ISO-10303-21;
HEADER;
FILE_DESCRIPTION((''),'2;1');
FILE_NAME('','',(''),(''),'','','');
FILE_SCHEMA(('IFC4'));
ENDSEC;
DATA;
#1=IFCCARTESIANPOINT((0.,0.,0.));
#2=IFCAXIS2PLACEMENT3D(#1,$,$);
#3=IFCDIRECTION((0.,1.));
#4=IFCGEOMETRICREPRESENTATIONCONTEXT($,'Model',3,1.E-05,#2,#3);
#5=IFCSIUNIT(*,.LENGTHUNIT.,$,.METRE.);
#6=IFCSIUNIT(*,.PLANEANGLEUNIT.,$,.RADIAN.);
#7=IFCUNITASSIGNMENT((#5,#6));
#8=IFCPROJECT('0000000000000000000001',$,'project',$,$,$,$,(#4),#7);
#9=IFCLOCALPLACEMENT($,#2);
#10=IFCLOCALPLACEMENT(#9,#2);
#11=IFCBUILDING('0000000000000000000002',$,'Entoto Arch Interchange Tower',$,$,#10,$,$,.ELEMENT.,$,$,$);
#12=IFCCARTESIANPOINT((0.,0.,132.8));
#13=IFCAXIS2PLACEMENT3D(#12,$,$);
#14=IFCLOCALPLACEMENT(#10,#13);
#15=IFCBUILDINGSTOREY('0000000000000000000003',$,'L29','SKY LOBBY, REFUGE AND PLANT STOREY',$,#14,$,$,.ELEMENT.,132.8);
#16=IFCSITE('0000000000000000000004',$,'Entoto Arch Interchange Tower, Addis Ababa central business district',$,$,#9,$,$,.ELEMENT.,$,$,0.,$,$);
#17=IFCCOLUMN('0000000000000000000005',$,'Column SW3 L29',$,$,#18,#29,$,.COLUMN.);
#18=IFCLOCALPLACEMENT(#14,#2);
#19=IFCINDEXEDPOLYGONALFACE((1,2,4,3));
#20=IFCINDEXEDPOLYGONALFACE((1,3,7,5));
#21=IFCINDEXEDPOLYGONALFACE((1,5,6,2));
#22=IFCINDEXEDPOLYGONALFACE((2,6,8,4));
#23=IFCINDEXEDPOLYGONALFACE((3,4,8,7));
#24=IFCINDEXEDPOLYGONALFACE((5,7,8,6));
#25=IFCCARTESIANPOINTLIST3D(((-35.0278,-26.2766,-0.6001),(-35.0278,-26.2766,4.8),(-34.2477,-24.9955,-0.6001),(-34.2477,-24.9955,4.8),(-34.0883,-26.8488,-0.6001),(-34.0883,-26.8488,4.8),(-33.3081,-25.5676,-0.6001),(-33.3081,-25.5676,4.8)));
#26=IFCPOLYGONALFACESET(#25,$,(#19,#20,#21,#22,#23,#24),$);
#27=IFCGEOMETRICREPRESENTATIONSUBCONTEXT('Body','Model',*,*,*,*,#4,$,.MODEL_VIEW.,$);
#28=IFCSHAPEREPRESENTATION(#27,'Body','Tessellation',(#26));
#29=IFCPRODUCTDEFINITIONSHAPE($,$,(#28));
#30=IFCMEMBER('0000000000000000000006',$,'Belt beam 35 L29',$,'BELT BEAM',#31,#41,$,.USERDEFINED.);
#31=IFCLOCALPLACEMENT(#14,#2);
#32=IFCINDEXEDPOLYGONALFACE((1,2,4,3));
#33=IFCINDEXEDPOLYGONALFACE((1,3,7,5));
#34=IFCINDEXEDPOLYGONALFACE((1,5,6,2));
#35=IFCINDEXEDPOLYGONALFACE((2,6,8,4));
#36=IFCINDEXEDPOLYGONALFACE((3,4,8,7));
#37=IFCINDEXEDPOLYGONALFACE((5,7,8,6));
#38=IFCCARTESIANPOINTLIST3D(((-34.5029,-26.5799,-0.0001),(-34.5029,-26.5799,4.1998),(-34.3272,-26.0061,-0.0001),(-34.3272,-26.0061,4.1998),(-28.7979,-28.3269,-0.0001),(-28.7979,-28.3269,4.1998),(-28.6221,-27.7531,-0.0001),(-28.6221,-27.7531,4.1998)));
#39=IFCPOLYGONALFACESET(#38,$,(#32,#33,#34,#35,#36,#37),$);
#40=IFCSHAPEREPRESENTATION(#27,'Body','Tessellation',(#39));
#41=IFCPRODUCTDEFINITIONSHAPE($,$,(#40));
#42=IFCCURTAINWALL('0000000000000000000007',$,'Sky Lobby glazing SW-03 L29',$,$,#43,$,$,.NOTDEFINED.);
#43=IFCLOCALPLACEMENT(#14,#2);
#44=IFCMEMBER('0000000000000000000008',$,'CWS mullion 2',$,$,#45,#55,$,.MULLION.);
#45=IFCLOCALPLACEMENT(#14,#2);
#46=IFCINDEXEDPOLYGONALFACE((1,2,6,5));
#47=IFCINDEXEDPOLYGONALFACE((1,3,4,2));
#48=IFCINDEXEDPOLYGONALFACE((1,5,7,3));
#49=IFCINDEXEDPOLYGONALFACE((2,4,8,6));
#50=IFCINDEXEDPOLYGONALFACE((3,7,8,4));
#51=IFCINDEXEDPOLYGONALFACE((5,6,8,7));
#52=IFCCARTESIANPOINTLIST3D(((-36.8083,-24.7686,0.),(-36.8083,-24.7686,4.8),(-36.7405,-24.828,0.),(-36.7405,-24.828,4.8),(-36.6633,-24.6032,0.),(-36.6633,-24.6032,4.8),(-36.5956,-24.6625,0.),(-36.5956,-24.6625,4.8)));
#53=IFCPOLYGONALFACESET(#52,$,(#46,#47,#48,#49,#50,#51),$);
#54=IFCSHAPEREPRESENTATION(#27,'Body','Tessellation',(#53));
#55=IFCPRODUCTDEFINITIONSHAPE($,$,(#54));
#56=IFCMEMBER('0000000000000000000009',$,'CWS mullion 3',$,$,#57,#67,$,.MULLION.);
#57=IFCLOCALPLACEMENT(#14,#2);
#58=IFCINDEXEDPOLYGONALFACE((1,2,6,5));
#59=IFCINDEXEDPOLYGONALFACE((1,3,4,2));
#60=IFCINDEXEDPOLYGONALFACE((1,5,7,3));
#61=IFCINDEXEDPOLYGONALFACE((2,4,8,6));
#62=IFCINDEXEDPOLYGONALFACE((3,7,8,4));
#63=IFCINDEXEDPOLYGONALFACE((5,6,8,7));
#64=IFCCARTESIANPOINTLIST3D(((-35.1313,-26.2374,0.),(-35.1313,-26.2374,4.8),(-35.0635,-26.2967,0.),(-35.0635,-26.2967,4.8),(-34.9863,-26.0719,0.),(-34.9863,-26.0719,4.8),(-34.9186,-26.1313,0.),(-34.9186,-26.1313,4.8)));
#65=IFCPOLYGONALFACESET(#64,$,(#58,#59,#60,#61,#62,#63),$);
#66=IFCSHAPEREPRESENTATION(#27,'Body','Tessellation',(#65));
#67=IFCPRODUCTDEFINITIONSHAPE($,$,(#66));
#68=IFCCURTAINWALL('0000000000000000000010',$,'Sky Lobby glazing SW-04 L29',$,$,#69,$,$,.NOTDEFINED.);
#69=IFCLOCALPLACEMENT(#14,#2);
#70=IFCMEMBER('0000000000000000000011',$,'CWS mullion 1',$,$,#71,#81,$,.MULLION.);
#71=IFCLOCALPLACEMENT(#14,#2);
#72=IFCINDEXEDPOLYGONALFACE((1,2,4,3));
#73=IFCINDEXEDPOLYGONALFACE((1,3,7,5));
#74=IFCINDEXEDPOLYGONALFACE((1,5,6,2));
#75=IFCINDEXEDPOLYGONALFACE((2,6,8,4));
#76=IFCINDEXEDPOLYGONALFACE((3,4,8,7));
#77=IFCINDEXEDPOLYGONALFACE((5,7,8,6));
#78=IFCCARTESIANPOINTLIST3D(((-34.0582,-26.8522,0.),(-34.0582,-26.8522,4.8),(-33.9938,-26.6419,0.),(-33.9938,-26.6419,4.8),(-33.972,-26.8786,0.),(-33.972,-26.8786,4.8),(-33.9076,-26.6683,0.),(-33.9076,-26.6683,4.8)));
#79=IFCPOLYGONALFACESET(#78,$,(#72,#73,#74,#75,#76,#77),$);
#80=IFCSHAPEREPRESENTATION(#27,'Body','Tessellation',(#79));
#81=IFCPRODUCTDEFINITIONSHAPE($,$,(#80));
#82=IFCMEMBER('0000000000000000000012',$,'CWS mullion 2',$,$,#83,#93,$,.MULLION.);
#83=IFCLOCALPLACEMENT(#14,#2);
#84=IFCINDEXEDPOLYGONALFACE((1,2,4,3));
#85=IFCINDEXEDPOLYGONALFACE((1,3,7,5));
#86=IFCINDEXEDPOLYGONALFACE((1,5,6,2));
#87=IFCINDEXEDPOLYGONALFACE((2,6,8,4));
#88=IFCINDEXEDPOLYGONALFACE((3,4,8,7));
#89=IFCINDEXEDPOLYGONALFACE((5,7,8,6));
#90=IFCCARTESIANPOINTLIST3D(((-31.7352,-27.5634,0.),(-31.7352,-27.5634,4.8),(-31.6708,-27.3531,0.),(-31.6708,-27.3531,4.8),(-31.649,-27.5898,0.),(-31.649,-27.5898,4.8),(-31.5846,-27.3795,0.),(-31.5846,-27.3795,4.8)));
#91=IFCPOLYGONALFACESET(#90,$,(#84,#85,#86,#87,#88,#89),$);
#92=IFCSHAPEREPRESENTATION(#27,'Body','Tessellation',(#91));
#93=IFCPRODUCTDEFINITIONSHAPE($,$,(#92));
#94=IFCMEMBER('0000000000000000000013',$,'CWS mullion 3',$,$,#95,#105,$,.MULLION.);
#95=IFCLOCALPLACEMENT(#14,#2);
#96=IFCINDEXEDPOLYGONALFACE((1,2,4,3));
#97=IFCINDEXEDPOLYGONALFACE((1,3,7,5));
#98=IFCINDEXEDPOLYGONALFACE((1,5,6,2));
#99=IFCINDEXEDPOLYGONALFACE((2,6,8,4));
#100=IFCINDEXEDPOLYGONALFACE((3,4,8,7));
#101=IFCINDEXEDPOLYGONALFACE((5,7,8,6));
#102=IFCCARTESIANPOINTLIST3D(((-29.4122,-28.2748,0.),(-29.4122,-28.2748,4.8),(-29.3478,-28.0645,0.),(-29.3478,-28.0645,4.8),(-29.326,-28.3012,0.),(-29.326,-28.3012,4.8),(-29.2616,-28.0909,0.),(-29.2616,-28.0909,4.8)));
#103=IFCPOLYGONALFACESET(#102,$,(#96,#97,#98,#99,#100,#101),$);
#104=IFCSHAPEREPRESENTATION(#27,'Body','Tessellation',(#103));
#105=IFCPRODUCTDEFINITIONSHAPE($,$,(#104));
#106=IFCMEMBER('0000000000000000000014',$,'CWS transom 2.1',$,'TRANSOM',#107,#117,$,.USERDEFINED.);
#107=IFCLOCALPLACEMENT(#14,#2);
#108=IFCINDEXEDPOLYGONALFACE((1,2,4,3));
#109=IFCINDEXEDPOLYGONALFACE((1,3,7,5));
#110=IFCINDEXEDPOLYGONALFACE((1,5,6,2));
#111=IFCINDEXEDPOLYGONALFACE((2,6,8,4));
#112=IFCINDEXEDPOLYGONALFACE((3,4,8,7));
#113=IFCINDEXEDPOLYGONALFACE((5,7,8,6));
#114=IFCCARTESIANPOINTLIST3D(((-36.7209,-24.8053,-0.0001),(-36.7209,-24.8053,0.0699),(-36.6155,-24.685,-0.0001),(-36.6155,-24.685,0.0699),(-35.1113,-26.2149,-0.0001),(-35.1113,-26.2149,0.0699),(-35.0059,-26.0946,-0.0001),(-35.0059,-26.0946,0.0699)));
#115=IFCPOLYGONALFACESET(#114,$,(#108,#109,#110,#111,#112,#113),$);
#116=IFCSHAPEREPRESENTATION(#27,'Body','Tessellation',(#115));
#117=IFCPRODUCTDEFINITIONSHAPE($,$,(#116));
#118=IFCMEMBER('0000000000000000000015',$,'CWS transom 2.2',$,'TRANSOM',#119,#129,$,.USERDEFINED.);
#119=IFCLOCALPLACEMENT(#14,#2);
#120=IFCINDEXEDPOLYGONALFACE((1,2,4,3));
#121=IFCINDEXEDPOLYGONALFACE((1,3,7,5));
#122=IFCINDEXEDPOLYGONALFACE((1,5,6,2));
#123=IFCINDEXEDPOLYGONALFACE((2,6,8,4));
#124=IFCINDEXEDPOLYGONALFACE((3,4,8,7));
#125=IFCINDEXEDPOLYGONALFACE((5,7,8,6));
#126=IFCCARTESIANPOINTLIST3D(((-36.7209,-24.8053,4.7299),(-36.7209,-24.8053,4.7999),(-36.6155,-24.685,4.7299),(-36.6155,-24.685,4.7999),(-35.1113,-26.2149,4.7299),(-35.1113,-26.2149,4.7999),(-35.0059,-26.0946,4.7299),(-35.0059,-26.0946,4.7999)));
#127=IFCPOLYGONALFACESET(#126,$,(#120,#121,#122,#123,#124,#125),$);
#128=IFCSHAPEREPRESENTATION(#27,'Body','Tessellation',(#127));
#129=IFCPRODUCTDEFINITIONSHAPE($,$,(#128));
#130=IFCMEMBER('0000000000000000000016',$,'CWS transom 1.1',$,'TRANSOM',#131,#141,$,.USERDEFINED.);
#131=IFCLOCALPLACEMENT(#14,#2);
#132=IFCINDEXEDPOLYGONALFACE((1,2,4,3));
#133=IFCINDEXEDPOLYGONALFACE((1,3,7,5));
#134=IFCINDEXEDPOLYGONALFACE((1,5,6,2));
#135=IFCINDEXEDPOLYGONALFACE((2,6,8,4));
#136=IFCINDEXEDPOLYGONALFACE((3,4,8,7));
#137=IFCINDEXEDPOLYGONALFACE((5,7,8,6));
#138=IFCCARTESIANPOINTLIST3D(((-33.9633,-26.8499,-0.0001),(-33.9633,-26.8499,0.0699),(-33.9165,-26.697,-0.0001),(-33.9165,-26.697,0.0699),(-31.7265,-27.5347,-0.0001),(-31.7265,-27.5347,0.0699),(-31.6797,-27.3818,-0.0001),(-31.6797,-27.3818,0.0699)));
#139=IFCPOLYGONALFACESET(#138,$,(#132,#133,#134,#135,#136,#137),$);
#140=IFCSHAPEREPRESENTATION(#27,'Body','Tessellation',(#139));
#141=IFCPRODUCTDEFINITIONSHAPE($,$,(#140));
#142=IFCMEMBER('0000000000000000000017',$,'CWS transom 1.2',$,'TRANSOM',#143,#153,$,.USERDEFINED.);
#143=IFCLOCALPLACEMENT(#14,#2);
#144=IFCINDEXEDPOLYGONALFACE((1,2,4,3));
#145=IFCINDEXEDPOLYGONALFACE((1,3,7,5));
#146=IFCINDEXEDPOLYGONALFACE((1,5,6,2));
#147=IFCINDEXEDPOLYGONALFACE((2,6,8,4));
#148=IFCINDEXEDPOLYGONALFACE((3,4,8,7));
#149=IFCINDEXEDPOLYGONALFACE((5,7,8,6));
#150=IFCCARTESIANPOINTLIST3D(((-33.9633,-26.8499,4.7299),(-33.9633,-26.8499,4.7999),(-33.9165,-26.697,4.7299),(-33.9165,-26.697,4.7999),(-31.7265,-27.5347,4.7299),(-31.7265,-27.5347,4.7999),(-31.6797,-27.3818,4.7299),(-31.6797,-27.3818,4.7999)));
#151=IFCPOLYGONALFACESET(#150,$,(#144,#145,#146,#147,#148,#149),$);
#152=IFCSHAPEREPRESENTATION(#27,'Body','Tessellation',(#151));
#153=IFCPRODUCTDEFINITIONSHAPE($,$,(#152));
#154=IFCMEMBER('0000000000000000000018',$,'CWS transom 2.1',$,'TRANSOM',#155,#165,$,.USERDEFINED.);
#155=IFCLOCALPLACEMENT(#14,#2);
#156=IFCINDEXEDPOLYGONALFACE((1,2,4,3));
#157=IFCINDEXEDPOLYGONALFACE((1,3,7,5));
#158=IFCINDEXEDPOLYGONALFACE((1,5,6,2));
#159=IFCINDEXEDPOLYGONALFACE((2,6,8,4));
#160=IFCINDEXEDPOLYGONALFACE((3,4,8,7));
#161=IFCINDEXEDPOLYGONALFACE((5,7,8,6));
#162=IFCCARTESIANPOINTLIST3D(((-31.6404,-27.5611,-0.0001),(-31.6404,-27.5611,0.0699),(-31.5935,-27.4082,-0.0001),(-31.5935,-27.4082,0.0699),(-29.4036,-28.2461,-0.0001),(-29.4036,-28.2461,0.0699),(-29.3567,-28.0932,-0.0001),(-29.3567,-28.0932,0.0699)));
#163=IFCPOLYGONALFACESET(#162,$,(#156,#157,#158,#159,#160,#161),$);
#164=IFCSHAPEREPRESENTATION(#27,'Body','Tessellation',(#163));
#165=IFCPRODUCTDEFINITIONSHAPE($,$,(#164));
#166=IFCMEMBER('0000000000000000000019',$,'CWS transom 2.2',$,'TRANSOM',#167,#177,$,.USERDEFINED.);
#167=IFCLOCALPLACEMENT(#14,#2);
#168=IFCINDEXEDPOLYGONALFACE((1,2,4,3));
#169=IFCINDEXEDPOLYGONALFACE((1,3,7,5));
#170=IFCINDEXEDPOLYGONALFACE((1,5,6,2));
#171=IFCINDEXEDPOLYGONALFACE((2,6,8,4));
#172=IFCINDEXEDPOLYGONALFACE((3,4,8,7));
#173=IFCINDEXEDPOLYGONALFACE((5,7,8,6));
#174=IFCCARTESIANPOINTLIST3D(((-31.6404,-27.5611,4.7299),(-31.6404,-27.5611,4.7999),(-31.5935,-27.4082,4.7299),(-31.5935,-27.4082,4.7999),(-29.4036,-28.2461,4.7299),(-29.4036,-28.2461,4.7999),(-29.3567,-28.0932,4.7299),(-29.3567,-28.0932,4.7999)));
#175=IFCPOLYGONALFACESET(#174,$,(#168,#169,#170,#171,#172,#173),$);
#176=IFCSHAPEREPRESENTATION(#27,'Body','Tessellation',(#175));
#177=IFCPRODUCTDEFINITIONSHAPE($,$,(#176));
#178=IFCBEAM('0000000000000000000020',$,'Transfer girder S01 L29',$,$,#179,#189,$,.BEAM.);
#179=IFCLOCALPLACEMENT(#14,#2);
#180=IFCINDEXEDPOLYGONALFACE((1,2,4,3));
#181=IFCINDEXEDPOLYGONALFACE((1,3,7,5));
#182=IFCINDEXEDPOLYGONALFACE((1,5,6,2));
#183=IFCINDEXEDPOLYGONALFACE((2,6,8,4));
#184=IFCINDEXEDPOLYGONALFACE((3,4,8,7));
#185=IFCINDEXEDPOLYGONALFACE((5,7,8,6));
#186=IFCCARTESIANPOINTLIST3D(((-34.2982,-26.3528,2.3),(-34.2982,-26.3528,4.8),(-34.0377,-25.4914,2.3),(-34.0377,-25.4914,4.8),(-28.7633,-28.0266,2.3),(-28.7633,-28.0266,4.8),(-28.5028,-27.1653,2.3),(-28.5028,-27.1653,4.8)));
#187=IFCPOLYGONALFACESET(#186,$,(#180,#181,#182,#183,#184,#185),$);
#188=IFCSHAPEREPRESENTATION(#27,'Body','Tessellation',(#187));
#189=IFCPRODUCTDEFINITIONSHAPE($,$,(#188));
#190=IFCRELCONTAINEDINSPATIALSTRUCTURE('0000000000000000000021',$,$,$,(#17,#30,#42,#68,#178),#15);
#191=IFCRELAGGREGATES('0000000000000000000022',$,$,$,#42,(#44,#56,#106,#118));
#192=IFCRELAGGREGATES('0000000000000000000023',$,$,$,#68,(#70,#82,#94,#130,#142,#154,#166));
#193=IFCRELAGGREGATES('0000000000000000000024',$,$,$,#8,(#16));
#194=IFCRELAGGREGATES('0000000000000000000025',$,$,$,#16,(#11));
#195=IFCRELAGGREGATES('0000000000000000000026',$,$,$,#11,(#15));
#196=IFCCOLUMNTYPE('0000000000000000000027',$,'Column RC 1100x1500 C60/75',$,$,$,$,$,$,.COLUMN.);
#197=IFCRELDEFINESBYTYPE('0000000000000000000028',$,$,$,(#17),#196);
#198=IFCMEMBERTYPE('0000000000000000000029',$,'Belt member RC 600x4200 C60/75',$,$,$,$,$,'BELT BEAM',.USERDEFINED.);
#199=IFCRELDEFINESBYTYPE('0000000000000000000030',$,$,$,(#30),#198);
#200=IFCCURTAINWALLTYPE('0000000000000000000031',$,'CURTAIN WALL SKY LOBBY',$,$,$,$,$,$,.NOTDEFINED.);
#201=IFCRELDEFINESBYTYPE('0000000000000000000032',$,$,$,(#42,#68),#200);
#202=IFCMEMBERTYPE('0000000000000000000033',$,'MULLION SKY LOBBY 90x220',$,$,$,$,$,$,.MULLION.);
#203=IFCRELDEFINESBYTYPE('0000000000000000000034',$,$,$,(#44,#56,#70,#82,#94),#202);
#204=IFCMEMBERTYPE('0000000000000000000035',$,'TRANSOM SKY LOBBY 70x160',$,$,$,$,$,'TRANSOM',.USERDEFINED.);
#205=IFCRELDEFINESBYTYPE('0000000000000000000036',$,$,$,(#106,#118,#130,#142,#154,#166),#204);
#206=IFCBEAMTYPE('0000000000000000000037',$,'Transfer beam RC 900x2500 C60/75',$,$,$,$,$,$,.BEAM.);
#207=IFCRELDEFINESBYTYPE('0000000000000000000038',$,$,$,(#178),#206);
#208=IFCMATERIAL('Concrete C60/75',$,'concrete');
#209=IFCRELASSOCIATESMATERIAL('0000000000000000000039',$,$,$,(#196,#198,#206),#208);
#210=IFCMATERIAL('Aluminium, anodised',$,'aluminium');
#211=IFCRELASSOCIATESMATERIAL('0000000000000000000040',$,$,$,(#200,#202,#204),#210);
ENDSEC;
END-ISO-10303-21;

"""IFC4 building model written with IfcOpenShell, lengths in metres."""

from ifc_helpers import new_model, si_unit, direction, frame, origin, origin_2d, place, context, subcontext, project, spatial, rectangle, extrude, material, material_profile, profile_set, type_object, element, aggregate, save


model = new_model("IFC4")

# Units and contexts
model_context = context("Model", 3, precision=1e-05, world=origin(), true_north=direction((0.0, 1.0)))
body_context = subcontext(model_context, "Body", "Model", "MODEL_VIEW")
ifc_project = project(units=[si_unit("LENGTHUNIT", "METRE"), si_unit("PLANEANGLEUNIT", "RADIAN")], contexts=[model_context])

# Site, building, storey
site_placement = place(None, origin())
site = spatial("IfcSite", under=ifc_project, at=site_placement, Name="Entoto Arch Interchange Tower, Addis Ababa central business district", CompositionType="ELEMENT", RefElevation=0.0)
building_placement = place(site_placement, origin())
building = spatial("IfcBuilding", under=site, at=building_placement, Name="Entoto Arch Interchange Tower", CompositionType="ELEMENT")
storey_placement = place(building_placement, frame((0.0, 0.0, 132.8)))
storey = spatial("IfcBuildingStorey", under=building, at=storey_placement, Name="L29", Description="SKY LOBBY, REFUGE AND PLANT STOREY", CompositionType="ELEMENT", Elevation=132.8)

# Column
ifc_material_1 = material(Name="Concrete C60/75", Category="concrete")
ifc_material_profile_1 = material_profile(ifc_material_1, rectangle(XDim=1.1001, YDim=1.5, at=origin_2d()))
ifc_profile_set_1 = profile_set([ifc_material_profile_1], Name="Concrete C60/75")
column_type = type_object("IfcColumnType", Name="Column RC 1100x1500 C60/75", PredefinedType="COLUMN", material=ifc_profile_set_1)
column_placement = place(storey_placement, frame((-34.168, -25.9221, -0.6001), z_axis=(0.0, 0.0, 1.0), x_axis=(-0.854096, 0.520116, 0.0)))
element("IfcColumn", 1, at=column_placement, inside=storey, type_object=column_type, Name="Column SW3 L29", PredefinedType="COLUMN", context=body_context, shape_type="SweptSolid", body=[
    extrude(rectangle(XDim=1.1001, YDim=1.5, at=origin_2d()), origin(), (0.0, 0.0, 1.0), 5.4001),
])

# Member
ifc_material_profile_2 = material_profile(ifc_material_1, rectangle(XDim=0.6001, YDim=4.2, at=origin_2d()))
ifc_profile_set_2 = profile_set([ifc_material_profile_2], Name="Concrete C60/75")
member_type_1 = type_object("IfcMemberType", Name="Belt member RC 600x4200 C60/75", ElementType="BELT BEAM", PredefinedType="USERDEFINED", material=ifc_profile_set_2)
member_1_placement = place(storey_placement, frame((-34.415, -26.293, 2.0999), z_axis=(0.956171, -0.292809, 0.0), x_axis=(0.292809, 0.956171, 0.0)))
element("IfcMember", 2, at=member_1_placement, inside=storey, type_object=member_type_1, Name="Belt beam 35 L29", ObjectType="BELT BEAM", PredefinedType="USERDEFINED", context=body_context, shape_type="SweptSolid", body=[
    extrude(rectangle(XDim=0.6001, YDim=4.2, at=origin_2d()), origin(), (0.0, 0.0, 1.0), 5.9666),
])

# Curtain walls, members
ifc_material_2 = material(Name="Aluminium, anodised", Category="aluminium")
curtain_wall_type = type_object("IfcCurtainWallType", Name="CURTAIN WALL SKY LOBBY", PredefinedType="NOTDEFINED", material=ifc_material_2)
curtain_wall_1_placement = place(storey_placement, origin())
curtain_wall_1 = element("IfcCurtainWall", 3, at=curtain_wall_1_placement, inside=storey, type_object=curtain_wall_type, Name="Sky Lobby glazing SW-03 L29", PredefinedType="NOTDEFINED")
ifc_material_profile_3 = material_profile(ifc_material_2, rectangle(XDim=0.22, YDim=0.0901, at=origin_2d()))
ifc_profile_set_3 = profile_set([ifc_material_profile_3], Name="Aluminium, anodised")
member_type_2 = type_object("IfcMemberType", Name="MULLION SKY LOBBY 90x220", PredefinedType="MULLION", material=ifc_profile_set_3)
member_2_placement = place(storey_placement, frame((-36.7019, -24.7156, 0.0), z_axis=(0.0, 0.0, 1.0), x_axis=(0.658847, 0.752277, 0.0)))
member_2 = element("IfcMember", 4, at=member_2_placement, type_object=member_type_2, Name="CWS mullion 2", PredefinedType="MULLION", context=body_context, shape_type="SweptSolid", body=[
    extrude(rectangle(XDim=0.22, YDim=0.0901, at=origin_2d()), origin(), (0.0, 0.0, 1.0), 4.8),
])
member_3_placement = place(storey_placement, frame((-35.0249, -26.1843, 0.0), z_axis=(0.0, 0.0, 1.0), x_axis=(0.658847, 0.752277, 0.0)))
member_3 = element("IfcMember", 5, at=member_3_placement, type_object=member_type_2, Name="CWS mullion 3", PredefinedType="MULLION", context=body_context, shape_type="SweptSolid", body=[
    extrude(rectangle(XDim=0.22, YDim=0.0901, at=origin_2d()), origin(), (0.0, 0.0, 1.0), 4.8),
])
curtain_wall_2_placement = place(storey_placement, origin())
curtain_wall_2 = element("IfcCurtainWall", 6, at=curtain_wall_2_placement, inside=storey, type_object=curtain_wall_type, Name="Sky Lobby glazing SW-04 L29", PredefinedType="NOTDEFINED")
member_4_placement = place(storey_placement, frame((-33.9829, -26.7603, 0.0), z_axis=(0.0, 0.0, 1.0), x_axis=(0.292793, 0.956176, 0.0)))
member_4 = element("IfcMember", 7, at=member_4_placement, type_object=member_type_2, Name="CWS mullion 1", PredefinedType="MULLION", context=body_context, shape_type="SweptSolid", body=[
    extrude(rectangle(XDim=0.22, YDim=0.0901, at=origin_2d()), origin(), (0.0, 0.0, 1.0), 4.8),
])
member_5_placement = place(storey_placement, frame((-31.6599, -27.4714, 0.0), z_axis=(0.0, 0.0, 1.0), x_axis=(0.292793, 0.956176, 0.0)))
member_5 = element("IfcMember", 8, at=member_5_placement, type_object=member_type_2, Name="CWS mullion 2", PredefinedType="MULLION", context=body_context, shape_type="SweptSolid", body=[
    extrude(rectangle(XDim=0.22, YDim=0.0901, at=origin_2d()), origin(), (0.0, 0.0, 1.0), 4.8),
])
member_6_placement = place(storey_placement, frame((-29.3369, -28.1829, 0.0), z_axis=(0.0, 0.0, 1.0), x_axis=(0.292793, 0.956176, 0.0)))
member_6 = element("IfcMember", 9, at=member_6_placement, type_object=member_type_2, Name="CWS mullion 3", PredefinedType="MULLION", context=body_context, shape_type="SweptSolid", body=[
    extrude(rectangle(XDim=0.22, YDim=0.0901, at=origin_2d()), origin(), (0.0, 0.0, 1.0), 4.8),
])

# Members
ifc_material_profile_4 = material_profile(ifc_material_2, rectangle(XDim=0.1599, YDim=0.0701, at=origin_2d()))
ifc_profile_set_4 = profile_set([ifc_material_profile_4], Name="Aluminium, anodised")
member_type_3 = type_object("IfcMemberType", Name="TRANSOM SKY LOBBY 70x160", ElementType="TRANSOM", PredefinedType="USERDEFINED", material=ifc_profile_set_4)
member_7_placement = place(storey_placement, frame((-36.6682, -24.7451, 0.0349), z_axis=(0.752287, -0.658836, 0.0), x_axis=(0.658836, 0.752287, 0.0)))
member_7 = element("IfcMember", 10, at=member_7_placement, type_object=member_type_3, Name="CWS transom 2.1", ObjectType="TRANSOM", PredefinedType="USERDEFINED", context=body_context, shape_type="SweptSolid", body=[
    extrude(rectangle(XDim=0.1599, YDim=0.0701, at=origin_2d()), origin(), (0.0, 0.0, 1.0), 2.1396),
])
member_8_placement = place(storey_placement, frame((-36.6682, -24.7451, 4.7649), z_axis=(0.752287, -0.658836, 0.0), x_axis=(0.658836, 0.752287, 0.0)))
member_8 = element("IfcMember", 11, at=member_8_placement, type_object=member_type_3, Name="CWS transom 2.2", ObjectType="TRANSOM", PredefinedType="USERDEFINED", context=body_context, shape_type="SweptSolid", body=[
    extrude(rectangle(XDim=0.1599, YDim=0.0701, at=origin_2d()), origin(), (0.0, 0.0, 1.0), 2.1396),
])
member_9_placement = place(storey_placement, frame((-33.9399, -26.7734, 0.0349), z_axis=(0.956191, -0.292743, 0.0), x_axis=(0.292743, 0.956191, 0.0)))
member_9 = element("IfcMember", 12, at=member_9_placement, type_object=member_type_3, Name="CWS transom 1.1", ObjectType="TRANSOM", PredefinedType="USERDEFINED", context=body_context, shape_type="SweptSolid", body=[
    extrude(rectangle(XDim=0.1599, YDim=0.0701, at=origin_2d()), origin(), (0.0, 0.0, 1.0), 2.3394),
])
member_10_placement = place(storey_placement, frame((-33.9399, -26.7734, 4.7649), z_axis=(0.956191, -0.292743, 0.0), x_axis=(0.292743, 0.956191, 0.0)))
member_10 = element("IfcMember", 13, at=member_10_placement, type_object=member_type_3, Name="CWS transom 1.2", ObjectType="TRANSOM", PredefinedType="USERDEFINED", context=body_context, shape_type="SweptSolid", body=[
    extrude(rectangle(XDim=0.1599, YDim=0.0701, at=origin_2d()), origin(), (0.0, 0.0, 1.0), 2.3394),
])
member_11_placement = place(storey_placement, frame((-31.6169, -27.4846, 0.0349), z_axis=(0.956162, -0.292839, 0.0), x_axis=(0.292839, 0.956162, 0.0)))
member_11 = element("IfcMember", 14, at=member_11_placement, type_object=member_type_3, Name="CWS transom 2.1", ObjectType="TRANSOM", PredefinedType="USERDEFINED", context=body_context, shape_type="SweptSolid", body=[
    extrude(rectangle(XDim=0.1599, YDim=0.0701, at=origin_2d()), origin(), (0.0, 0.0, 1.0), 2.3394),
])
member_12_placement = place(storey_placement, frame((-31.6169, -27.4846, 4.7649), z_axis=(0.956162, -0.292839, 0.0), x_axis=(0.292839, 0.956162, 0.0)))
member_12 = element("IfcMember", 15, at=member_12_placement, type_object=member_type_3, Name="CWS transom 2.2", ObjectType="TRANSOM", PredefinedType="USERDEFINED", context=body_context, shape_type="SweptSolid", body=[
    extrude(rectangle(XDim=0.1599, YDim=0.0701, at=origin_2d()), origin(), (0.0, 0.0, 1.0), 2.3394),
])

# Beam
ifc_material_profile_5 = material_profile(ifc_material_1, rectangle(XDim=0.8999, YDim=2.5, at=origin_2d()))
ifc_profile_set_5 = profile_set([ifc_material_profile_5], Name="Concrete C60/75")
beam_type = type_object("IfcBeamType", Name="Transfer beam RC 900x2500 C60/75", PredefinedType="BEAM", material=ifc_profile_set_5)
beam_placement = place(storey_placement, frame((-34.168, -25.9221, 3.55), z_axis=(0.957188, -0.289466, 0.0), x_axis=(0.289466, 0.957188, 0.0)))
element("IfcBeam", 16, at=beam_placement, inside=storey, type_object=beam_type, Name="Transfer girder S01 L29", PredefinedType="BEAM", context=body_context, shape_type="SweptSolid", body=[
    extrude(rectangle(XDim=0.8999, YDim=2.5, at=origin_2d()), origin(), (0.0, 0.0, 1.0), 5.7825),
])

aggregate(curtain_wall_1, [member_2, member_3, member_7, member_8])
aggregate(curtain_wall_2, [member_4, member_5, member_6, member_9, member_10, member_11, member_12])

save(model, "model.ifc")
